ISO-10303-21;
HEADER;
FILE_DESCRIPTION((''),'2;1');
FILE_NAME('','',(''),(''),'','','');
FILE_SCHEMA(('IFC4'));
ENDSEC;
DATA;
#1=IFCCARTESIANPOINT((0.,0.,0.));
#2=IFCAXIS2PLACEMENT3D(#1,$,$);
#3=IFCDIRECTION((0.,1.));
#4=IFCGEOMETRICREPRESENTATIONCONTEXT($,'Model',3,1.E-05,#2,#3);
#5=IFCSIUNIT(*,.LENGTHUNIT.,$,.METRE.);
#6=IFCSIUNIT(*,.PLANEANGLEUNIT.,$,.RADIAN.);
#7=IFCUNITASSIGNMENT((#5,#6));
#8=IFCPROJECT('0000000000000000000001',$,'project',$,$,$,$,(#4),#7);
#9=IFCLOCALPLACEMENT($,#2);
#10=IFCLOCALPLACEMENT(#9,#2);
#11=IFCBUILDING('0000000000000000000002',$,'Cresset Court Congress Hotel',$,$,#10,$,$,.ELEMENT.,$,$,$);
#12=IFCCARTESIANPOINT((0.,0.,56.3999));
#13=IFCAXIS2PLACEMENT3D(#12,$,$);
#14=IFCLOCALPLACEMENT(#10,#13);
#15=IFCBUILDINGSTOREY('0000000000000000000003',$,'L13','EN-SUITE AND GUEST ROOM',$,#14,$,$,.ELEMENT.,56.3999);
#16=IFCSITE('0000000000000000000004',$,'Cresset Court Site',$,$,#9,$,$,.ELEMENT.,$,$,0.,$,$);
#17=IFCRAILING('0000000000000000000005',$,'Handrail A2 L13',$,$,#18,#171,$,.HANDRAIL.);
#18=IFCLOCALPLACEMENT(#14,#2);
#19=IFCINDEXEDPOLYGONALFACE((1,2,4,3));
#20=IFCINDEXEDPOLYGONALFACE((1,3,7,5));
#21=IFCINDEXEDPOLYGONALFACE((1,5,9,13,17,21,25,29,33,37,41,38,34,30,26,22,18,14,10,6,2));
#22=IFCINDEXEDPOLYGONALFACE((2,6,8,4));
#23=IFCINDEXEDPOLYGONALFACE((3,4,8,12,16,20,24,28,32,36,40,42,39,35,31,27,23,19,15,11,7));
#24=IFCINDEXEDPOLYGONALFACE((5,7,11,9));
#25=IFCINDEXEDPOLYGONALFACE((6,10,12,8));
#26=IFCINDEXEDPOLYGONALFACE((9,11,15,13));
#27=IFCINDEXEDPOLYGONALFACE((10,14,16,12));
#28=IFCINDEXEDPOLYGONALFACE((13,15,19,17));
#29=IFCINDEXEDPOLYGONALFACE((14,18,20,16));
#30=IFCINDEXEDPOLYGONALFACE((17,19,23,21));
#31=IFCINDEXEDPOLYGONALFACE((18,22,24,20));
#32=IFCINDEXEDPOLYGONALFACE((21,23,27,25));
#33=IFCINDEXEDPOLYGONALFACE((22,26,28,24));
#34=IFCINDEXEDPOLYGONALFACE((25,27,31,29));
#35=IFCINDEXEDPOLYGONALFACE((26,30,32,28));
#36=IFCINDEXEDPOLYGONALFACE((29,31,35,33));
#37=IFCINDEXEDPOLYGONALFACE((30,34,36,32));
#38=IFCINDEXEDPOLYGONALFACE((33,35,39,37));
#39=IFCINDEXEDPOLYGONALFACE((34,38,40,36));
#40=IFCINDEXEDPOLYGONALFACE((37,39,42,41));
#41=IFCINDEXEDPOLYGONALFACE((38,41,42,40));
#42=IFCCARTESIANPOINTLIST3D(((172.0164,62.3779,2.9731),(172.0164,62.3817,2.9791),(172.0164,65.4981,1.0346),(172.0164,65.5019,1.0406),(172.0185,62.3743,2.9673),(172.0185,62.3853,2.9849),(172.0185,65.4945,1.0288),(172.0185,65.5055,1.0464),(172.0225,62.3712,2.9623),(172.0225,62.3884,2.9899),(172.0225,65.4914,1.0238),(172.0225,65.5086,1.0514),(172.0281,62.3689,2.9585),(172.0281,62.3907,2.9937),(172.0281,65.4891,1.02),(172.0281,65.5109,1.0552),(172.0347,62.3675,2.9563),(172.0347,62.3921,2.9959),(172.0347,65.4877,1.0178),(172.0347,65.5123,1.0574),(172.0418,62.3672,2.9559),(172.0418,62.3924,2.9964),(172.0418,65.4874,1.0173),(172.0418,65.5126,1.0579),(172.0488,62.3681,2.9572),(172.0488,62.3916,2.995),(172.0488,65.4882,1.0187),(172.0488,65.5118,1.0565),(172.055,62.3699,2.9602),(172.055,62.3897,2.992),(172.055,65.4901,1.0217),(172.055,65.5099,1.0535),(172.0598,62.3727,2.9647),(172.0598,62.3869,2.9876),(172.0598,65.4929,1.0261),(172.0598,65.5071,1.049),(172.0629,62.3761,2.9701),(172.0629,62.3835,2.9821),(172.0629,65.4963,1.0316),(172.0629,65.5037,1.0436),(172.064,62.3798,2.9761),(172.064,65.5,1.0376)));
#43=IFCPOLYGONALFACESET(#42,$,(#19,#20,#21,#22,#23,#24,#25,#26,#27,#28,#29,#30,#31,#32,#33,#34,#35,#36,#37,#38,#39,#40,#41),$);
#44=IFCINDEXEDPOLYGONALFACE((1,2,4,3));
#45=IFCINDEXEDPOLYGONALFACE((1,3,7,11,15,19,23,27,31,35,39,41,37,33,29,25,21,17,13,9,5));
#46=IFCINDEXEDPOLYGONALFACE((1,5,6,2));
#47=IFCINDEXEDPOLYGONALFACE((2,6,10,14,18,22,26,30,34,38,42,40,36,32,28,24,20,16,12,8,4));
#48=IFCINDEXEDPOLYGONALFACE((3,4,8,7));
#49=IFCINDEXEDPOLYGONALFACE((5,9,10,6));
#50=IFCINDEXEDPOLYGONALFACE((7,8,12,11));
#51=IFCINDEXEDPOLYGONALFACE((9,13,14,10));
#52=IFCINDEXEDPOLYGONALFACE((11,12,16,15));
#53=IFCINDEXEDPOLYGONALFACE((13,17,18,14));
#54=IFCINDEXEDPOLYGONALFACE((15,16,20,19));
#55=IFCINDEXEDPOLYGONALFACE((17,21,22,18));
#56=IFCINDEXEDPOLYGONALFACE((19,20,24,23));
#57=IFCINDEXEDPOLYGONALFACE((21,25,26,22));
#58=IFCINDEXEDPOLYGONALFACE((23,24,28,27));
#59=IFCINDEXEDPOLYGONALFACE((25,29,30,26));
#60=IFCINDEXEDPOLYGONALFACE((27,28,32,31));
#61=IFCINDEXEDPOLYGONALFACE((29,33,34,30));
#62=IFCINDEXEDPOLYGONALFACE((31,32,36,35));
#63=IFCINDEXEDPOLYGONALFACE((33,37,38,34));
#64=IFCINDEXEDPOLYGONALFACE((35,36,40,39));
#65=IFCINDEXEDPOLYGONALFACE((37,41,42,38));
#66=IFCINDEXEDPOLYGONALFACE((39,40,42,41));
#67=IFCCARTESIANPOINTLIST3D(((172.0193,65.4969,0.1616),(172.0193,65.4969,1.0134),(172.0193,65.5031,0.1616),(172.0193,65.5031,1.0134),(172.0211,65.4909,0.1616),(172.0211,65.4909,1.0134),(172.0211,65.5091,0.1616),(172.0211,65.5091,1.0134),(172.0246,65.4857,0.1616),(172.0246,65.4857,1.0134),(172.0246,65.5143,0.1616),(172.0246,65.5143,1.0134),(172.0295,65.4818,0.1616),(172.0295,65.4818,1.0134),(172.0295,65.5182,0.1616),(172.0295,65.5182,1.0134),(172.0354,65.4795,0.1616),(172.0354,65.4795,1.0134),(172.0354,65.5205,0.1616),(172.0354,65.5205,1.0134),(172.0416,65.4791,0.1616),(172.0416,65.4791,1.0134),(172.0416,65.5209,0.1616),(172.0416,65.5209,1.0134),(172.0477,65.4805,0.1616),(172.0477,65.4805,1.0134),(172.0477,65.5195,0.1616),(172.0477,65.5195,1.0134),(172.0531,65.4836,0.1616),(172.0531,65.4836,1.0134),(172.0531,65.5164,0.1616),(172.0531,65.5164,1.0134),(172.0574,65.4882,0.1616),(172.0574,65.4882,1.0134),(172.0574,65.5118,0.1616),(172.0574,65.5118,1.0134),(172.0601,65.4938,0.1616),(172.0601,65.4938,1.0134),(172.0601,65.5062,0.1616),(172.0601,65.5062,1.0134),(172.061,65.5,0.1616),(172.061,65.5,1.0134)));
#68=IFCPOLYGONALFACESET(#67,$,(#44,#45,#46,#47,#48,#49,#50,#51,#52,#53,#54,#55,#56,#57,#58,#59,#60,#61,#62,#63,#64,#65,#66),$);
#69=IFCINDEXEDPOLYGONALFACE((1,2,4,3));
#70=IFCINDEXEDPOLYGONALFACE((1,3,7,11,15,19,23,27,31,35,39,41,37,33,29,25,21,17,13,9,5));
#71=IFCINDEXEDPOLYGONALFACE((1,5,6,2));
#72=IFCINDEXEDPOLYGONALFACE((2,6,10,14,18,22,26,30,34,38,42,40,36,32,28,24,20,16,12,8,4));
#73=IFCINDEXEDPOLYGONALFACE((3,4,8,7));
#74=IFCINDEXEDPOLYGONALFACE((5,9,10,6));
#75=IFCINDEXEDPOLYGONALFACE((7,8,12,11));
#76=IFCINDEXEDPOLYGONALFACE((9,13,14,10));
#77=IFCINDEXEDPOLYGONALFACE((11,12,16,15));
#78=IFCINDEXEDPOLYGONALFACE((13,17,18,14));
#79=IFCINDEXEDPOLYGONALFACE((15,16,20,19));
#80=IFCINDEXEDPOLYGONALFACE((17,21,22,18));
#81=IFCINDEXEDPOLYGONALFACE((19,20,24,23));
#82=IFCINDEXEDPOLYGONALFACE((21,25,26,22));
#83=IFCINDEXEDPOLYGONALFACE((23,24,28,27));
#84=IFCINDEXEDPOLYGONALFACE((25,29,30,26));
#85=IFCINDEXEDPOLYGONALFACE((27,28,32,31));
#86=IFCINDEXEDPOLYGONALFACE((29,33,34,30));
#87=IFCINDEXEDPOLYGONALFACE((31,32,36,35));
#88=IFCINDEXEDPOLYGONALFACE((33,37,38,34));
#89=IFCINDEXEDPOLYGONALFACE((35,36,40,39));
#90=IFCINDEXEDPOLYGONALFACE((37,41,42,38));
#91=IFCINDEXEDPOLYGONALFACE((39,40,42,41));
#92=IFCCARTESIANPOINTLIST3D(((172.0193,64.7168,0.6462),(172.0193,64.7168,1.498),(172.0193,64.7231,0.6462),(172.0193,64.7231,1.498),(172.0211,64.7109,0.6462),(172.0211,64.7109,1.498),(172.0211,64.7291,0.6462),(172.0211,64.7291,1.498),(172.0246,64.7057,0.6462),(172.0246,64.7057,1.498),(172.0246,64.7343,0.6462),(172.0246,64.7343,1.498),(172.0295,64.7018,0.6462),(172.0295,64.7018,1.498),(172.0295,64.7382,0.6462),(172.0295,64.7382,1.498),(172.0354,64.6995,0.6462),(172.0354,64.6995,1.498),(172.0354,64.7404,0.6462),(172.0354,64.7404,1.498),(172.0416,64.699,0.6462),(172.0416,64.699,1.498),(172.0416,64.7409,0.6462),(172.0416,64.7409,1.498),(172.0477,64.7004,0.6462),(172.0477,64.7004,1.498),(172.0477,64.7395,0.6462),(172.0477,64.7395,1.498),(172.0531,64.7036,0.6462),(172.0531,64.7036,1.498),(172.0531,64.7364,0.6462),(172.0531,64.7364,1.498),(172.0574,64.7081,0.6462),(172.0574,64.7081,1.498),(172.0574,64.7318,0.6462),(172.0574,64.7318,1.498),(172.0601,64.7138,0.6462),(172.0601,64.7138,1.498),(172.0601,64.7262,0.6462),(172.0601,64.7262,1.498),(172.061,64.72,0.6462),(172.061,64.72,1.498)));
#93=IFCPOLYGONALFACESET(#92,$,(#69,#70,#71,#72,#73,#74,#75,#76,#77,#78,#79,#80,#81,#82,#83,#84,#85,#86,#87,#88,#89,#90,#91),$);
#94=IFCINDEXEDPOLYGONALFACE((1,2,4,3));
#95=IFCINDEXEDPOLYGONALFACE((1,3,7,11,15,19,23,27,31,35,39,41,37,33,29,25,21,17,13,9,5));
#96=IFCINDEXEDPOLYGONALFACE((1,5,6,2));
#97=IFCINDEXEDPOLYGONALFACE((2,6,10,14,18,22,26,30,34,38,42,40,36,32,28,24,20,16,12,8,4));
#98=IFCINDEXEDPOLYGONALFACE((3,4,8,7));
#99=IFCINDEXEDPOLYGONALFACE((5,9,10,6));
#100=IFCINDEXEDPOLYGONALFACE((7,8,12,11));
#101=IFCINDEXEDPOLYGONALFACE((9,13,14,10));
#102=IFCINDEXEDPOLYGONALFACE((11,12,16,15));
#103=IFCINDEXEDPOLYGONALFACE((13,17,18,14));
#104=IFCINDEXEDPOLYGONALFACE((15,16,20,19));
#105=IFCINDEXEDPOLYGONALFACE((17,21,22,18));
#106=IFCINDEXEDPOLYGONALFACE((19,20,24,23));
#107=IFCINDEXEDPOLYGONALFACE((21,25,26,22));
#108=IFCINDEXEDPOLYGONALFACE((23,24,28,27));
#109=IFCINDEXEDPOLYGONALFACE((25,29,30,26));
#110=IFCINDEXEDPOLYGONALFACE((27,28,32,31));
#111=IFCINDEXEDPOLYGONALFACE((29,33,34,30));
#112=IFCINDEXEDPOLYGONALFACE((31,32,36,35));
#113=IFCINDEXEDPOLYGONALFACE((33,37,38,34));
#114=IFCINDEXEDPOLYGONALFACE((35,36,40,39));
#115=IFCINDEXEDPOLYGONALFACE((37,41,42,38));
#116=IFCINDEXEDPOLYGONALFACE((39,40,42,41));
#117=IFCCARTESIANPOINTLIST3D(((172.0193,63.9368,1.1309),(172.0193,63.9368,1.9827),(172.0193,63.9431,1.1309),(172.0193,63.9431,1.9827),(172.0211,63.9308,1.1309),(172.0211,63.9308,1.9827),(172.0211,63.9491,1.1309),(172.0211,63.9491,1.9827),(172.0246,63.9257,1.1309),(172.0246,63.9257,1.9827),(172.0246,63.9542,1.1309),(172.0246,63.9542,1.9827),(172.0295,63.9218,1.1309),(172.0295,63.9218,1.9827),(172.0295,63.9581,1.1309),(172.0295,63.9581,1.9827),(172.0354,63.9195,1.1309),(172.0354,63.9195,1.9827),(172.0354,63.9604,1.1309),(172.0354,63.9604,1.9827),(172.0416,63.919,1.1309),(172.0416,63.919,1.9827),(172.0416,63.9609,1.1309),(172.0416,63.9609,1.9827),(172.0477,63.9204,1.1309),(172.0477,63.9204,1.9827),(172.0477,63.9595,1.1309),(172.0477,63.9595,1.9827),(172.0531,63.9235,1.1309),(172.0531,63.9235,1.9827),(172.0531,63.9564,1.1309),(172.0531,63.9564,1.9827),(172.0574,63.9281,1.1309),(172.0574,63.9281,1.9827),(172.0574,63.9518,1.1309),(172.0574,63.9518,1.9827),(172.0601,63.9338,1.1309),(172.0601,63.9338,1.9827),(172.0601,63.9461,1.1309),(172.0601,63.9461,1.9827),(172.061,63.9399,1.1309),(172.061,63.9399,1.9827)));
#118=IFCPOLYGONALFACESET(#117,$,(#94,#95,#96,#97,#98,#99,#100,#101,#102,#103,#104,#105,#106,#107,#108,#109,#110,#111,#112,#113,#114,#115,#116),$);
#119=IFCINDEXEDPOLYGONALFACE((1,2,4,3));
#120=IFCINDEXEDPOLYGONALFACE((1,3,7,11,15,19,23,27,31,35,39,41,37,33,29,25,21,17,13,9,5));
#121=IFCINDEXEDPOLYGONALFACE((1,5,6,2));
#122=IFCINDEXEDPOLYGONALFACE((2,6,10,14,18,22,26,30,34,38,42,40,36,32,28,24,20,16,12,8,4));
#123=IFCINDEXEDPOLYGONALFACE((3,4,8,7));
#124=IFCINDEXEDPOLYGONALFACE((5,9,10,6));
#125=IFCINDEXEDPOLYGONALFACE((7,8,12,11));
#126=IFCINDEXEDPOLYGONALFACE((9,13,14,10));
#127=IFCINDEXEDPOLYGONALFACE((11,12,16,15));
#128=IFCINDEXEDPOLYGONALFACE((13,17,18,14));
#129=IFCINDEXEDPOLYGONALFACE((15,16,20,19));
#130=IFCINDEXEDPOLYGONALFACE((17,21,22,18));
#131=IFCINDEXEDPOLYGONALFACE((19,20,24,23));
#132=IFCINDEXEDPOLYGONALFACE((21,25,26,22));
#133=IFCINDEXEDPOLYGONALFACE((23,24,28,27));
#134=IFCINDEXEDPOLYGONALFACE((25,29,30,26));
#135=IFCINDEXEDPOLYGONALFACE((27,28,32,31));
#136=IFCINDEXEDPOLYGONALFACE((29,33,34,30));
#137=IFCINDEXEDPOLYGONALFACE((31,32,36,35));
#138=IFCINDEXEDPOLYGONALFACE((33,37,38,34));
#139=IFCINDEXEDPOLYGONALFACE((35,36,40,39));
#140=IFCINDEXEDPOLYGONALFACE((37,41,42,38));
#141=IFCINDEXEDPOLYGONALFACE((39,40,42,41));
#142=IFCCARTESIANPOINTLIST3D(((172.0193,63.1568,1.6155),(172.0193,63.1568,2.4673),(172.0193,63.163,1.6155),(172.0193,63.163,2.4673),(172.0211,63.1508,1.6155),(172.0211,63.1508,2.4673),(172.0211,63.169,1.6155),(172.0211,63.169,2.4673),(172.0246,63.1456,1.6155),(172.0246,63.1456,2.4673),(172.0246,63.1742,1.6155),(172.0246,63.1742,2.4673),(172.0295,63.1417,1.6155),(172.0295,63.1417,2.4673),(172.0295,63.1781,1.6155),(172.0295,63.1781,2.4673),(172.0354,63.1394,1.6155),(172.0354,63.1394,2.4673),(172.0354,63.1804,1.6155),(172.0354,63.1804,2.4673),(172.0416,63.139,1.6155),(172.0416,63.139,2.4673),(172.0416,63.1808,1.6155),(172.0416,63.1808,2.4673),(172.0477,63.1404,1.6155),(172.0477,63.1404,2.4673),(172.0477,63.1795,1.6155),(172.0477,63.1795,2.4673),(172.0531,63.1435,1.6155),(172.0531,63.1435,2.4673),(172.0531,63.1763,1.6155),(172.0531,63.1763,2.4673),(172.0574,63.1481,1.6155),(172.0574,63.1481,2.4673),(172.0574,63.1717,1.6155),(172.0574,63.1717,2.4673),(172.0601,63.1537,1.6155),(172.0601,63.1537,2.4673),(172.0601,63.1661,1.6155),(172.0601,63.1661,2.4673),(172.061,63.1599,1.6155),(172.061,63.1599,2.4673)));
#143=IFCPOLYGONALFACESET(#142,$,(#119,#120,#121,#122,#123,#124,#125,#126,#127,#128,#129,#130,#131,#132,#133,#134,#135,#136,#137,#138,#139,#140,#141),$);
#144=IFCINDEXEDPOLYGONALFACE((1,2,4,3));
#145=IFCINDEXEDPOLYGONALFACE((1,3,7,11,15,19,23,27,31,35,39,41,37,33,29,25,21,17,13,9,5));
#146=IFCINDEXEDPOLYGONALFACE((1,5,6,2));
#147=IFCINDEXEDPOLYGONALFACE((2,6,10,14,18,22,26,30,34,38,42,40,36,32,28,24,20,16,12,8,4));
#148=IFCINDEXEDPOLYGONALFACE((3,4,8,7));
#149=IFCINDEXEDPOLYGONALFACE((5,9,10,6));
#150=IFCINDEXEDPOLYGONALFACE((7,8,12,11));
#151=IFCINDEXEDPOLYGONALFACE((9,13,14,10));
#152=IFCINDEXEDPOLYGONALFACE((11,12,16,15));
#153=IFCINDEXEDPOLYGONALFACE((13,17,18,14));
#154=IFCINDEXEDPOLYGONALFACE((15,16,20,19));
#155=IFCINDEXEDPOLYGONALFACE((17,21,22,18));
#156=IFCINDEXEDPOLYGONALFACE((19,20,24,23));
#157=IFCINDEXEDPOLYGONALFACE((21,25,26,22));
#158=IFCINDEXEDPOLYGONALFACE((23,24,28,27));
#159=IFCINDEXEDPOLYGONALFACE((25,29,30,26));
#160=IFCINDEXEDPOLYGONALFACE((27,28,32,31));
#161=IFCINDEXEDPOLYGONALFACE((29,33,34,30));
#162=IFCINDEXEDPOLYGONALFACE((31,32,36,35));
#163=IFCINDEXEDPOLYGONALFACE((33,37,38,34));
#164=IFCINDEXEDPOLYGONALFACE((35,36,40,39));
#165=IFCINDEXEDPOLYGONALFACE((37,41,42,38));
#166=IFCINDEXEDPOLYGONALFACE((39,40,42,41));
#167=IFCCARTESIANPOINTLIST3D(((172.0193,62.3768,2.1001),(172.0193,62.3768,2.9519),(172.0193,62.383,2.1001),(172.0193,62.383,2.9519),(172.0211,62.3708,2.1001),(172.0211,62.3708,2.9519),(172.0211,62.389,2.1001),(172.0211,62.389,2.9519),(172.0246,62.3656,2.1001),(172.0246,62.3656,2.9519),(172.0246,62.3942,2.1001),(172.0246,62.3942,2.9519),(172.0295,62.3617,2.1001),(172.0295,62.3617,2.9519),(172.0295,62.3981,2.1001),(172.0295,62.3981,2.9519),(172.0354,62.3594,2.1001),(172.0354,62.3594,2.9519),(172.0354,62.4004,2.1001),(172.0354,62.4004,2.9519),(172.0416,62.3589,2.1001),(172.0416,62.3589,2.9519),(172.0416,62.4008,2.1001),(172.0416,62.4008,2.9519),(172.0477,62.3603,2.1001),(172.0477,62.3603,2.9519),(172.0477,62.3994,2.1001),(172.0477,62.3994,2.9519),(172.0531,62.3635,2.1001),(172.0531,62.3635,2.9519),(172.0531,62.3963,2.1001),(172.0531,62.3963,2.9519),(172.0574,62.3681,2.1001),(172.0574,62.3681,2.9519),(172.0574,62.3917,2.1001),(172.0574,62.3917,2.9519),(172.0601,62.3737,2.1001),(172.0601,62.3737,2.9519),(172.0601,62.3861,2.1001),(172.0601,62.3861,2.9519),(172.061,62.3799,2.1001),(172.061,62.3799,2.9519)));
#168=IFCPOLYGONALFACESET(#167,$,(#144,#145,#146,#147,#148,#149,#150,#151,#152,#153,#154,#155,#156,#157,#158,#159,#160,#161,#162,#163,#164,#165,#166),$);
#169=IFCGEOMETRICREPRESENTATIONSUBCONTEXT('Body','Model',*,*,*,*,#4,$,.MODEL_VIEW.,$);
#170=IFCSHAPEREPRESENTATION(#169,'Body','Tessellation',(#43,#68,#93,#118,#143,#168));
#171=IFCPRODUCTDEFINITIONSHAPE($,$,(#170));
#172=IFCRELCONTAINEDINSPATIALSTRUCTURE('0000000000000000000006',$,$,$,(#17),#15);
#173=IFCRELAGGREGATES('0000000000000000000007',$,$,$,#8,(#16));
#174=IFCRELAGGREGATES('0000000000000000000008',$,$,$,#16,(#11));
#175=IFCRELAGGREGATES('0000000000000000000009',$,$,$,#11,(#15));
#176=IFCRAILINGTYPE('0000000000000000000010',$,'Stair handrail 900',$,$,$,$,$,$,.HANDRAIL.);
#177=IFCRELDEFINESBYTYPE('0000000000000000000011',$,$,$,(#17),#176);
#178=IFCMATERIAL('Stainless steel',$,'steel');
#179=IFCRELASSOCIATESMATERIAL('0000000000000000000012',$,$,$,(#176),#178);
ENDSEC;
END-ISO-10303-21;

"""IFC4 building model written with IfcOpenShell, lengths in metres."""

from ifc_helpers import new_model, si_unit, direction, frame, origin, origin_2d, place, context, subcontext, project, spatial, circle, extrude, material, type_object, element, save


model = new_model("IFC4")

# Units and contexts
model_context = context("Model", 3, precision=1e-05, world=origin(), true_north=direction((0.0, 1.0)))
body_context = subcontext(model_context, "Body", "Model", "MODEL_VIEW")
ifc_project = project(units=[si_unit("LENGTHUNIT", "METRE"), si_unit("PLANEANGLEUNIT", "RADIAN")], contexts=[model_context])

# Site, building, storey
site_placement = place(None, origin())
site = spatial("IfcSite", under=ifc_project, at=site_placement, Name="Cresset Court Site", CompositionType="ELEMENT", RefElevation=0.0)
building_placement = place(site_placement, origin())
building = spatial("IfcBuilding", under=site, at=building_placement, Name="Cresset Court Congress Hotel", CompositionType="ELEMENT")
storey_placement = place(building_placement, frame((0.0, 0.0, 56.3999)))
storey = spatial("IfcBuildingStorey", under=building, at=storey_placement, Name="L13", Description="EN-SUITE AND GUEST ROOM", CompositionType="ELEMENT", Elevation=56.3999)

# Railing
ifc_material_1 = material(Name="Stainless steel", Category="steel")
railing_type_1 = type_object("IfcRailingType", Name="Stair handrail 900", PredefinedType="HANDRAIL", material=ifc_material_1)
for number, where, name in (
    (1, (172.04, 65.5, 0.1616), "Handrail A2 L13"),
):
    element("IfcRailing", number, at=place(storey_placement, frame(where)), inside=storey, type_object=railing_type_1, Name=name, PredefinedType="HANDRAIL", context=body_context, shape_type="SweptSolid", body=[
        extrude(circle(Radius=0.0239, at=origin_2d()), frame((0.0, 0.0, 0.876), z_axis=(0.0, -0.849414, 0.527727), x_axis=(1.0, 0.0, 0.0)), (0.0, 0.0, 1.0), 3.6733),
        extrude(circle(Radius=0.021, at=origin_2d()), origin(), (0.0, 0.0, 1.0), 0.8518),
        extrude(circle(Radius=0.021, at=origin_2d()), frame((0.0, -0.78, 0.4846)), (0.0, 0.0, 1.0), 0.8518),
        extrude(circle(Radius=0.021, at=origin_2d()), frame((0.0, -1.5601, 0.9692)), (0.0, 0.0, 1.0), 0.8518),
        extrude(circle(Radius=0.021, at=origin_2d()), frame((0.0, -2.3401, 1.4539)), (0.0, 0.0, 1.0), 0.8518),
        extrude(circle(Radius=0.021, at=origin_2d()), frame((0.0, -3.1201, 1.9385)), (0.0, 0.0, 1.0), 0.8518),
    ])

save(model, "model.ifc")
